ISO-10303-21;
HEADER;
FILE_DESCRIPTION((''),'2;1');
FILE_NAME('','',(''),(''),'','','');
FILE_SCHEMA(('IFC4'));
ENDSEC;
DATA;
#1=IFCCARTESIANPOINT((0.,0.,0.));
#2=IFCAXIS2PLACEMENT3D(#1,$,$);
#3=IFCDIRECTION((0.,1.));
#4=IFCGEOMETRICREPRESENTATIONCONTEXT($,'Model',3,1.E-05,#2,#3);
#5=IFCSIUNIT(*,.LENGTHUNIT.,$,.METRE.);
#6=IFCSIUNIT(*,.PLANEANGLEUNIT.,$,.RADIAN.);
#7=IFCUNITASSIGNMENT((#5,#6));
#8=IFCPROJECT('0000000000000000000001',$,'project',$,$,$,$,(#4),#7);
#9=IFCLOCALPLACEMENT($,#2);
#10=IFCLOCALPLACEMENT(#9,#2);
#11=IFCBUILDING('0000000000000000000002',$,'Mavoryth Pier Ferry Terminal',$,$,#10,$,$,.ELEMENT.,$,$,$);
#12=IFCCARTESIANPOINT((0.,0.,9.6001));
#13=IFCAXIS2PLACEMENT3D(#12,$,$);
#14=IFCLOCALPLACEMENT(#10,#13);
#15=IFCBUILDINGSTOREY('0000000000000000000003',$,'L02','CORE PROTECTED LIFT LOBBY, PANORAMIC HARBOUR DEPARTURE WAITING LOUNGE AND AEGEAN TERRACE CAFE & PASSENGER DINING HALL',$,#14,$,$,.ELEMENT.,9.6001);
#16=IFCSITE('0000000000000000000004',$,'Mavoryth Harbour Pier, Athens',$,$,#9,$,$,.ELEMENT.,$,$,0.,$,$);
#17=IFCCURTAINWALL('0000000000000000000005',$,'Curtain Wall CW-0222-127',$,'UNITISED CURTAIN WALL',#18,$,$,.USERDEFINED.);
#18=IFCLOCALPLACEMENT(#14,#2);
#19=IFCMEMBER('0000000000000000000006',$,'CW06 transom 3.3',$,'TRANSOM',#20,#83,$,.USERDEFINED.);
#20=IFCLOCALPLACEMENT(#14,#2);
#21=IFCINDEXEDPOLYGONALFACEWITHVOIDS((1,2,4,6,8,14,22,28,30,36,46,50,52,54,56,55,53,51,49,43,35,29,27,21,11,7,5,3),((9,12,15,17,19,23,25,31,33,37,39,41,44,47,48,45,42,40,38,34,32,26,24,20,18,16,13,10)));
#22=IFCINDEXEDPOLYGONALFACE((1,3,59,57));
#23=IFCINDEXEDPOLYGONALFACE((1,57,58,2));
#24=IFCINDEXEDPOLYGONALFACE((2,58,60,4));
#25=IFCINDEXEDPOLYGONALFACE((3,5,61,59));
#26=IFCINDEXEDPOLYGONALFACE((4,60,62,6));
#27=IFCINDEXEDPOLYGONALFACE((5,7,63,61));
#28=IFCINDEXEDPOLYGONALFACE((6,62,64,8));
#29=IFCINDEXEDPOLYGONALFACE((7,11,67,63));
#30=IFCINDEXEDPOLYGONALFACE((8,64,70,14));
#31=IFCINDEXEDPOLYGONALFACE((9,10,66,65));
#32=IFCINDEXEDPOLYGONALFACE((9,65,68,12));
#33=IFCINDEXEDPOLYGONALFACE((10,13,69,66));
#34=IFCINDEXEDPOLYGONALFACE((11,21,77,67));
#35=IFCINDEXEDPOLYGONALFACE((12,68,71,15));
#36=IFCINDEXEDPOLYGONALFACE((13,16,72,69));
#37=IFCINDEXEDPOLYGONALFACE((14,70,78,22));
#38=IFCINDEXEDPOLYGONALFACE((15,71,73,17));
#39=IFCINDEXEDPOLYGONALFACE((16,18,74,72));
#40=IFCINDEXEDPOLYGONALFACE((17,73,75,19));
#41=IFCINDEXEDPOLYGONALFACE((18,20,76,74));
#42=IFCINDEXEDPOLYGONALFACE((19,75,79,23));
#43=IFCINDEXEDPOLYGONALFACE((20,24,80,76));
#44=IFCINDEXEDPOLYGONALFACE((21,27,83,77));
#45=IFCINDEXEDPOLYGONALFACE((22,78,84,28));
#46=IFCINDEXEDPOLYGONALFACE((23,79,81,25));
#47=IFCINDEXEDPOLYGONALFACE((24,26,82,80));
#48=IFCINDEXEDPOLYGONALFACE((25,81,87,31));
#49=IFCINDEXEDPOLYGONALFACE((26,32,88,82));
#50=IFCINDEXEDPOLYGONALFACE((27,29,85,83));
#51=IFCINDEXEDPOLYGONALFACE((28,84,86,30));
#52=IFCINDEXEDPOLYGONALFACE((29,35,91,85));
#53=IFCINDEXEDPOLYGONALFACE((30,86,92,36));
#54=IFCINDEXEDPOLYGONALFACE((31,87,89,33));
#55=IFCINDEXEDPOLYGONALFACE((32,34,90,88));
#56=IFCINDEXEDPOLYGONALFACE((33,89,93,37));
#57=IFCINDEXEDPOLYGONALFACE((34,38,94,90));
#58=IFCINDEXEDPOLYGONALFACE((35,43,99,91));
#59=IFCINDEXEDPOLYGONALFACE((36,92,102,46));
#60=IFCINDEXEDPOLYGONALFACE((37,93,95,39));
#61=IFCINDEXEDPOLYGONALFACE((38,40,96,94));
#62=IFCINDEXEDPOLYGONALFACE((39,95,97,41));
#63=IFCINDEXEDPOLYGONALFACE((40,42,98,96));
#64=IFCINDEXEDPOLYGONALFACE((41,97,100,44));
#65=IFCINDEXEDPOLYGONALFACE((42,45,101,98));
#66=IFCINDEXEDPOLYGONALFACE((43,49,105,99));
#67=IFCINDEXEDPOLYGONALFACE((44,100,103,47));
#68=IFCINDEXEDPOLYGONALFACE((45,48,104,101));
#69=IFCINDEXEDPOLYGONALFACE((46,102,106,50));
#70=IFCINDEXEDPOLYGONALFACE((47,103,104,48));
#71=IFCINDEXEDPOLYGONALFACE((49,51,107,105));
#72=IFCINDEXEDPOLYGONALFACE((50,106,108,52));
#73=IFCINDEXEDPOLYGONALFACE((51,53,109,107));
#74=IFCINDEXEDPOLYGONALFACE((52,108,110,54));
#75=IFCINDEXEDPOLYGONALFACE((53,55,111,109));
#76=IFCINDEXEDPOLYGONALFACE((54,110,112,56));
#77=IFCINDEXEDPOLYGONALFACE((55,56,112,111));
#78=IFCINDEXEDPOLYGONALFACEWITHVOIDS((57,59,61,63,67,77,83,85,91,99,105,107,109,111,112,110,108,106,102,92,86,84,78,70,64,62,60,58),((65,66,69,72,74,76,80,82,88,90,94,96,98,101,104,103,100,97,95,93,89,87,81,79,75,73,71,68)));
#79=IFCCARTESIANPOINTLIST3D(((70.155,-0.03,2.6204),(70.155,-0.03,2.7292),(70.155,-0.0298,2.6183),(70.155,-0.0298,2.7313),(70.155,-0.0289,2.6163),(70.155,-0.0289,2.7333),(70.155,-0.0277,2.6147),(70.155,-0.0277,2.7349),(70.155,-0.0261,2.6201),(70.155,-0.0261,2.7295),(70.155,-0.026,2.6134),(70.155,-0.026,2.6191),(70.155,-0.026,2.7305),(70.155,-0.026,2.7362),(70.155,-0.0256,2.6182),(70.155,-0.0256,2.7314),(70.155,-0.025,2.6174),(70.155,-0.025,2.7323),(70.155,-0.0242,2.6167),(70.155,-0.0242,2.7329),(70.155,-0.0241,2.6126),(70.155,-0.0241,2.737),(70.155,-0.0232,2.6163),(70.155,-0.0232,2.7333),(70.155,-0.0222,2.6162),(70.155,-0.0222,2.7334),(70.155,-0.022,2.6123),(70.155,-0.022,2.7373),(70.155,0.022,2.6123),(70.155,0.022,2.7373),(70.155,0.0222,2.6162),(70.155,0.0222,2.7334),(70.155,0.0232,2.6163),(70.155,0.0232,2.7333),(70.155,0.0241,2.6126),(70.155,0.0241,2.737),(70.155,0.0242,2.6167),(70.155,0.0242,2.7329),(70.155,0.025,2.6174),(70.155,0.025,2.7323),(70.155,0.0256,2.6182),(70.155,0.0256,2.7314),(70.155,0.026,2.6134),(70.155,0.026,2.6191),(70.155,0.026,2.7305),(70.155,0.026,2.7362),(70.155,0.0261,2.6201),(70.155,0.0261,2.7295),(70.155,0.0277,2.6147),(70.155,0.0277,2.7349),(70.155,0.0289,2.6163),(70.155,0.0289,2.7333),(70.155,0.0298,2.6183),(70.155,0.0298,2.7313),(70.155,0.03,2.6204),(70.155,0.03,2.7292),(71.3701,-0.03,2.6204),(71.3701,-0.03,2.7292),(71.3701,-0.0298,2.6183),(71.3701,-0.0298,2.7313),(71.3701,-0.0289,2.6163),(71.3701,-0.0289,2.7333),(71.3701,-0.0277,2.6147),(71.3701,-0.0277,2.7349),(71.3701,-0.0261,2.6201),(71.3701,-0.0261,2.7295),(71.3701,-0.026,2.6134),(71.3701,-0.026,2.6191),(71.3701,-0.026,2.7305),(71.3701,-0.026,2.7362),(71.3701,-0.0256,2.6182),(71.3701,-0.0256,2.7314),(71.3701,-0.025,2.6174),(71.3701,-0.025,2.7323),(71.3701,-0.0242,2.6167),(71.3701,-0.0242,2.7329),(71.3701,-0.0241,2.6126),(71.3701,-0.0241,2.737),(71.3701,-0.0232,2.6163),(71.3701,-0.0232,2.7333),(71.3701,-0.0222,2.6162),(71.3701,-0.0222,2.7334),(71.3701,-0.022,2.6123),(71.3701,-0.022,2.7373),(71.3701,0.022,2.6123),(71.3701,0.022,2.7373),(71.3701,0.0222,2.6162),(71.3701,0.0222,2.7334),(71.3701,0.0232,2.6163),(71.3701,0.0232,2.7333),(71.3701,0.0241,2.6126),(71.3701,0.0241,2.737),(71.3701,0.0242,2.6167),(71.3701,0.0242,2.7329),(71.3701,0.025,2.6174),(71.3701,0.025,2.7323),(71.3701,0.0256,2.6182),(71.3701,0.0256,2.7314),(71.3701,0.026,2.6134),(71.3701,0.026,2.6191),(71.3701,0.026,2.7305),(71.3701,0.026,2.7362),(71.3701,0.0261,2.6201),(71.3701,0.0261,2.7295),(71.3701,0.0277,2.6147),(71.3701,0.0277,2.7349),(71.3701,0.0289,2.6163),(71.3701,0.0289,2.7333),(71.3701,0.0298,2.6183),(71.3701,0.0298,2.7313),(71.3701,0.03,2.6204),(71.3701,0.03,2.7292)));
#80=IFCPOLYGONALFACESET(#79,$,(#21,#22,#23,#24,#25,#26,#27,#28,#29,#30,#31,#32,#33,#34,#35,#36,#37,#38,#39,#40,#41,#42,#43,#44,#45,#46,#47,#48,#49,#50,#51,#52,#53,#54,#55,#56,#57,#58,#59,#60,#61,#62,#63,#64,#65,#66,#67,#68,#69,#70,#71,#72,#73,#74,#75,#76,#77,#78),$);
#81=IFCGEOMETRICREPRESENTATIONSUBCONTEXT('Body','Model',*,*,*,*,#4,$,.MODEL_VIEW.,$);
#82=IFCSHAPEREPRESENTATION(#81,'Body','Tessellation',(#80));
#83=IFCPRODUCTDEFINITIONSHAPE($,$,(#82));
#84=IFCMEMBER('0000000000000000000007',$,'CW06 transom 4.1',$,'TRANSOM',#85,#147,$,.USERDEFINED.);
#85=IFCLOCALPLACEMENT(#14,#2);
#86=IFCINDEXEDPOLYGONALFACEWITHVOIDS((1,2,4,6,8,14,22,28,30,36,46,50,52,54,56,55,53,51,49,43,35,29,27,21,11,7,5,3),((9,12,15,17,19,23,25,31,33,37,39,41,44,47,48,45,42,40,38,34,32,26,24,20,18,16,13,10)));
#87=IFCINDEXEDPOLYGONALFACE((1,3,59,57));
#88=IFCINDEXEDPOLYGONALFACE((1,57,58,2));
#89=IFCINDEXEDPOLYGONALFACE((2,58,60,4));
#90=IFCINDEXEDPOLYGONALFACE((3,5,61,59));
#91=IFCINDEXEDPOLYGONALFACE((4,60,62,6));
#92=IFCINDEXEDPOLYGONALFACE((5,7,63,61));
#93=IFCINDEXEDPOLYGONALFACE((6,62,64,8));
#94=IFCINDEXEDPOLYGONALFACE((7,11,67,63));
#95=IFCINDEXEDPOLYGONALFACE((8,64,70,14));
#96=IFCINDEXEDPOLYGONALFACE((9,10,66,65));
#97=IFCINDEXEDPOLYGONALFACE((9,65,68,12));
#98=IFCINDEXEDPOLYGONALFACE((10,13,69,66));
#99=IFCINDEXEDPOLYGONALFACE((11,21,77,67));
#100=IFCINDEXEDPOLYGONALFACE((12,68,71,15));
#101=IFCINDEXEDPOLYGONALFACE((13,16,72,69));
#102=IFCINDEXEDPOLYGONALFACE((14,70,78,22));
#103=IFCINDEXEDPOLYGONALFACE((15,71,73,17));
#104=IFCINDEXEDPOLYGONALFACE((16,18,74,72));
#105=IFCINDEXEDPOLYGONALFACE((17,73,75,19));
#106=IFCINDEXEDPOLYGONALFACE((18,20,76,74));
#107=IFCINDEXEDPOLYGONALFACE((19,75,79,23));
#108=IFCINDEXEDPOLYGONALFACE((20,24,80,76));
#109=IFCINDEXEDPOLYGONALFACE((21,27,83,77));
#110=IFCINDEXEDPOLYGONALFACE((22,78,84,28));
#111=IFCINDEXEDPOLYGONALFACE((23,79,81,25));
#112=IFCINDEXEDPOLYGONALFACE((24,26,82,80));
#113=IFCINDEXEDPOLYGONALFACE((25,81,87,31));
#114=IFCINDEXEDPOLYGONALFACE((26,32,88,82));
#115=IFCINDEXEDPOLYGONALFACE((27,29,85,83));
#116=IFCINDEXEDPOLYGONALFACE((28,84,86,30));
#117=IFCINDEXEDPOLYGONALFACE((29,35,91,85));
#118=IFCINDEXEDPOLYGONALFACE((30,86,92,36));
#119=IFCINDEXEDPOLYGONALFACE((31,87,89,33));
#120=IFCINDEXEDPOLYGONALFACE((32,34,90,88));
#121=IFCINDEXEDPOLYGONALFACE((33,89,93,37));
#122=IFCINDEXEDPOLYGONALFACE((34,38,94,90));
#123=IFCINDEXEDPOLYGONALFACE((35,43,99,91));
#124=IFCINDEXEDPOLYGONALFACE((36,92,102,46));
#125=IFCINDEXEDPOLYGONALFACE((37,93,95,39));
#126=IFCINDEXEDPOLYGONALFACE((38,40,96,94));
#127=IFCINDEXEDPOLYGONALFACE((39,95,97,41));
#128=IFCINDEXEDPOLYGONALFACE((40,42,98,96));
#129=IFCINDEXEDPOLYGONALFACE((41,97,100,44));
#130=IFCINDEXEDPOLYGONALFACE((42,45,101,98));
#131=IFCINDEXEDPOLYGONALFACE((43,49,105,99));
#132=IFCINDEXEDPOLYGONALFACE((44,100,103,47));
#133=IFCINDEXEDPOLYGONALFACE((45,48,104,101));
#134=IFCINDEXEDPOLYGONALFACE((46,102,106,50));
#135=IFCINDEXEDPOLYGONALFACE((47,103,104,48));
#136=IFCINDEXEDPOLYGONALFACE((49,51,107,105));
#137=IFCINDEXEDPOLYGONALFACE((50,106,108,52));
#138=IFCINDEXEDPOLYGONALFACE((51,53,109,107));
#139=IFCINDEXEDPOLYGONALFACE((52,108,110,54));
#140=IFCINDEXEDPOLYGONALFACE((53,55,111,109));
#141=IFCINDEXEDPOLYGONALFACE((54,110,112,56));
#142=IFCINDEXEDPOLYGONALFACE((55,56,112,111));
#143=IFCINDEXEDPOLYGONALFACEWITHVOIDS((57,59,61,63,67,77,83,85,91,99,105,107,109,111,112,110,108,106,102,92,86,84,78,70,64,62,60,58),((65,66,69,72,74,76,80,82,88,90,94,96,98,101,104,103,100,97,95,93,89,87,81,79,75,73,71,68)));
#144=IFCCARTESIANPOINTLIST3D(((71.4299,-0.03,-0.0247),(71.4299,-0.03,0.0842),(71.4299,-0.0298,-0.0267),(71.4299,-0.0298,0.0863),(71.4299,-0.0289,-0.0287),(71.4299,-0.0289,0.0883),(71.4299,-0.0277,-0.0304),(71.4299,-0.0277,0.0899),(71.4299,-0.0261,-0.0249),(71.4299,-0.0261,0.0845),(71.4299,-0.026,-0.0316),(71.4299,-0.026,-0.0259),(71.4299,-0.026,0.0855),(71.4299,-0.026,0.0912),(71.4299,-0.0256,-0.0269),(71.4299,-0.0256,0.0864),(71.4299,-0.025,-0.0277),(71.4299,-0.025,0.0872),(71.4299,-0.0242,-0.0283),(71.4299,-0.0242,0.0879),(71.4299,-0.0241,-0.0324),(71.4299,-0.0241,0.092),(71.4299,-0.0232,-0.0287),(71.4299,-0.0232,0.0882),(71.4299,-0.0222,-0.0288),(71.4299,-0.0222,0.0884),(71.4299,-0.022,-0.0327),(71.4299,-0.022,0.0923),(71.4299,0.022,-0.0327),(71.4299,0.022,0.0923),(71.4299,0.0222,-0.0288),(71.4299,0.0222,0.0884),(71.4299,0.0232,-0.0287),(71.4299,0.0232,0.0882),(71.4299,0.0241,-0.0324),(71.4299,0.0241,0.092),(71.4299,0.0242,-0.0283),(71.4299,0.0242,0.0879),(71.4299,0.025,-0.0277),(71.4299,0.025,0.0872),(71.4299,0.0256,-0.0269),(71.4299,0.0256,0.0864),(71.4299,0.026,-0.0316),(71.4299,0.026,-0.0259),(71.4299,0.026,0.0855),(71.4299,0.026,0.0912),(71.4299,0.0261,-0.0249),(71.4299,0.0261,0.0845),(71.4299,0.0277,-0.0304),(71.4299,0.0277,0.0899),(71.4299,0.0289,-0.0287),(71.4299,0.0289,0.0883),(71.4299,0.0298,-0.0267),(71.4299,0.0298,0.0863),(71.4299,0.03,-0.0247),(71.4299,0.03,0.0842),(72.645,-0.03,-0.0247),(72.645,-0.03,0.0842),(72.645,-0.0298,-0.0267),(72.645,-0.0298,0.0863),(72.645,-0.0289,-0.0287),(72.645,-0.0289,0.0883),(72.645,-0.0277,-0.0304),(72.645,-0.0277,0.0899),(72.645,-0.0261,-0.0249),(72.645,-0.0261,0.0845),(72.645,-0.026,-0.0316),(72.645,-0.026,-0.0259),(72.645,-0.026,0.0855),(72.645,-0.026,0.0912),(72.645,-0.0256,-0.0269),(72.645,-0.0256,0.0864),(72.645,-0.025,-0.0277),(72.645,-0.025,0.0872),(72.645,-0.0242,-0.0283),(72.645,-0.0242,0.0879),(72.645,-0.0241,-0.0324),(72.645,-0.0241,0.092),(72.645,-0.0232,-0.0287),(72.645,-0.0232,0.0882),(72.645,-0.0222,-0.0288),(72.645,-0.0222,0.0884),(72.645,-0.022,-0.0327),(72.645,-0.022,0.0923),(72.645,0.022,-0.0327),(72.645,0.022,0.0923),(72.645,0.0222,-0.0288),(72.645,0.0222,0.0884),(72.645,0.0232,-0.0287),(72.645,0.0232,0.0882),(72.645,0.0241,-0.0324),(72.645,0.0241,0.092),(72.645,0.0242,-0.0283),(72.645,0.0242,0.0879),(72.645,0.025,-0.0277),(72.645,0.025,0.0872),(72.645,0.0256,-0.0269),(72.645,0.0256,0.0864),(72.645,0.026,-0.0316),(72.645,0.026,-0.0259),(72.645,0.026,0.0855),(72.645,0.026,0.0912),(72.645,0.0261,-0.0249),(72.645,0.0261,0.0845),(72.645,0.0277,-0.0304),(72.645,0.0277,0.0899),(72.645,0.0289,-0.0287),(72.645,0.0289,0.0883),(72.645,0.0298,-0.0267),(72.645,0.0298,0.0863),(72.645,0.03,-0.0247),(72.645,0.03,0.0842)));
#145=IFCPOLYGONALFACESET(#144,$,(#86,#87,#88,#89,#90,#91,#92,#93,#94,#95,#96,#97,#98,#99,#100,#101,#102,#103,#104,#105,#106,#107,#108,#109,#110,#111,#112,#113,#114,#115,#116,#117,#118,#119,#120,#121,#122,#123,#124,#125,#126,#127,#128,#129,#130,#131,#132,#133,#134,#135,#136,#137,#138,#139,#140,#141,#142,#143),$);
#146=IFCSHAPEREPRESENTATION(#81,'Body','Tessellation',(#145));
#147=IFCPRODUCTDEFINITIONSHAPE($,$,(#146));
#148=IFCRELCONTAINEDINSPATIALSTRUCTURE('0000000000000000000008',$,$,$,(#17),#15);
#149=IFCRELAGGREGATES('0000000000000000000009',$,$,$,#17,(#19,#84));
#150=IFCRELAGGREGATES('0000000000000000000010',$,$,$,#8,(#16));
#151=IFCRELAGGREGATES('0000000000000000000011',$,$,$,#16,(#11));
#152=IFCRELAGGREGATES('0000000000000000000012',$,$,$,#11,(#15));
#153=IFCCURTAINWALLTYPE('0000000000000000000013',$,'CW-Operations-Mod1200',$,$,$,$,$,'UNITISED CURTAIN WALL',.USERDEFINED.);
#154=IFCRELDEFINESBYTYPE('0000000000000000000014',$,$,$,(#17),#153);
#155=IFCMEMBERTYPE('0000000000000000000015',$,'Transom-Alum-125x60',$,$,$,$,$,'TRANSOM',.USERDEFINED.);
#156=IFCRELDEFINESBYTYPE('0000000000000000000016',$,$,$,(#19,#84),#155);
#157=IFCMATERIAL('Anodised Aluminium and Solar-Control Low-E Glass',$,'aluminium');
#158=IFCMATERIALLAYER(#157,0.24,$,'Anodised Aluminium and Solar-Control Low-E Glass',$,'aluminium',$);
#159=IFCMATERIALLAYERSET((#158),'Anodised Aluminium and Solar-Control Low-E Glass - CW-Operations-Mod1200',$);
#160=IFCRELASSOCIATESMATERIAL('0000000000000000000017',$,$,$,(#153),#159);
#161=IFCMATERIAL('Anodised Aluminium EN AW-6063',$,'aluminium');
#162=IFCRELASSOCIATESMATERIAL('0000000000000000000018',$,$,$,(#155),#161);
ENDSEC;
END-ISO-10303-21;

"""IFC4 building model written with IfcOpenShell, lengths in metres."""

from ifc_helpers import new_model, si_unit, direction, frame, origin, origin_2d, place, context, subcontext, project, spatial, hollow_rectangle, extrude, material, layer, layer_set, material_profile, profile_set, type_object, element, aggregate, save


model = new_model("IFC4")

# Units and contexts
model_context = context("Model", 3, precision=1e-05, world=origin(), true_north=direction((0.0, 1.0)))
body_context = subcontext(model_context, "Body", "Model", "MODEL_VIEW")
ifc_project = project(units=[si_unit("LENGTHUNIT", "METRE"), si_unit("PLANEANGLEUNIT", "RADIAN")], contexts=[model_context])

# Site, building, storey
site_placement = place(None, origin())
site = spatial("IfcSite", under=ifc_project, at=site_placement, Name="Mavoryth Harbour Pier, Athens", CompositionType="ELEMENT", RefElevation=0.0)
building_placement = place(site_placement, origin())
building = spatial("IfcBuilding", under=site, at=building_placement, Name="Mavoryth Pier Ferry Terminal", CompositionType="ELEMENT")
storey_placement = place(building_placement, frame((0.0, 0.0, 9.6001)))
storey = spatial("IfcBuildingStorey", under=building, at=storey_placement, Name="L02", Description="CORE PROTECTED LIFT LOBBY, PANORAMIC HARBOUR DEPARTURE WAITING LOUNGE AND AEGEAN TERRACE CAFE & PASSENGER DINING HALL", CompositionType="ELEMENT", Elevation=9.6001)

# Shared definitions
ifc_material_1 = material(Name="Anodised Aluminium and Solar-Control Low-E Glass", Category="aluminium")
ifc_layer_1 = layer(ifc_material_1, 0.24, Name="Anodised Aluminium and Solar-Control Low-E Glass", Category="aluminium")
ifc_layer_set_1 = layer_set([ifc_layer_1], Name="Anodised Aluminium and Solar-Control Low-E Glass - CW-Operations-Mod1200")
curtain_wall_type = type_object("IfcCurtainWallType", Name="CW-Operations-Mod1200", ElementType="UNITISED CURTAIN WALL", PredefinedType="USERDEFINED", material=ifc_layer_set_1)
ifc_material_2 = material(Name="Anodised Aluminium EN AW-6063", Category="aluminium")

# Curtain wall
curtain_wall_1_placement = place(storey_placement, origin())
curtain_wall_1 = element("IfcCurtainWall", 1, at=curtain_wall_1_placement, inside=storey, type_object=curtain_wall_type, Name="Curtain Wall CW-0222-127", ObjectType="UNITISED CURTAIN WALL", PredefinedType="USERDEFINED")

# Members
ifc_material_profile_1 = material_profile(ifc_material_2, hollow_rectangle(XDim=0.0601, YDim=0.125, WallThickness=0.0039, InnerFilletRadius=0.0039, OuterFilletRadius=0.0081, at=origin_2d()), Name="AL-TRAN 125x60x4", Category="aluminium")
ifc_profile_set_1 = profile_set([ifc_material_profile_1], Name="Anodised Aluminium EN AW-6063 - AL-TRAN 125x60x4")
member_type_1 = type_object("IfcMemberType", Name="Transom-Alum-125x60", ElementType="TRANSOM", PredefinedType="USERDEFINED", material=ifc_profile_set_1)
member_1_placement = place(storey_placement, frame((70.155, 0.0, 2.6748), z_axis=(1.0, 0.0, 0.0), x_axis=(0.0, 1.0, 0.0)))
member_1 = element("IfcMember", 2, at=member_1_placement, type_object=member_type_1, Name="CW06 transom 3.3", ObjectType="TRANSOM", PredefinedType="USERDEFINED", context=body_context, shape_type="SweptSolid", body=[
    extrude(hollow_rectangle(XDim=0.0601, YDim=0.125, WallThickness=0.0039, InnerFilletRadius=0.0039, OuterFilletRadius=0.0081, at=origin_2d()), origin(), (0.0, 0.0, 1.0), 1.2151),
])
member_2_placement = place(storey_placement, frame((71.4299, 0.0, 0.0298), z_axis=(1.0, 0.0, 0.0), x_axis=(0.0, 1.0, 0.0)))
member_2 = element("IfcMember", 3, at=member_2_placement, type_object=member_type_1, Name="CW06 transom 4.1", ObjectType="TRANSOM", PredefinedType="USERDEFINED", context=body_context, shape_type="SweptSolid", body=[
    extrude(hollow_rectangle(XDim=0.0601, YDim=0.125, WallThickness=0.0039, InnerFilletRadius=0.0039, OuterFilletRadius=0.0081, at=origin_2d()), origin(), (0.0, 0.0, 1.0), 1.2151),
])

aggregate(curtain_wall_1, [member_1, member_2])

save(model, "model.ifc")
